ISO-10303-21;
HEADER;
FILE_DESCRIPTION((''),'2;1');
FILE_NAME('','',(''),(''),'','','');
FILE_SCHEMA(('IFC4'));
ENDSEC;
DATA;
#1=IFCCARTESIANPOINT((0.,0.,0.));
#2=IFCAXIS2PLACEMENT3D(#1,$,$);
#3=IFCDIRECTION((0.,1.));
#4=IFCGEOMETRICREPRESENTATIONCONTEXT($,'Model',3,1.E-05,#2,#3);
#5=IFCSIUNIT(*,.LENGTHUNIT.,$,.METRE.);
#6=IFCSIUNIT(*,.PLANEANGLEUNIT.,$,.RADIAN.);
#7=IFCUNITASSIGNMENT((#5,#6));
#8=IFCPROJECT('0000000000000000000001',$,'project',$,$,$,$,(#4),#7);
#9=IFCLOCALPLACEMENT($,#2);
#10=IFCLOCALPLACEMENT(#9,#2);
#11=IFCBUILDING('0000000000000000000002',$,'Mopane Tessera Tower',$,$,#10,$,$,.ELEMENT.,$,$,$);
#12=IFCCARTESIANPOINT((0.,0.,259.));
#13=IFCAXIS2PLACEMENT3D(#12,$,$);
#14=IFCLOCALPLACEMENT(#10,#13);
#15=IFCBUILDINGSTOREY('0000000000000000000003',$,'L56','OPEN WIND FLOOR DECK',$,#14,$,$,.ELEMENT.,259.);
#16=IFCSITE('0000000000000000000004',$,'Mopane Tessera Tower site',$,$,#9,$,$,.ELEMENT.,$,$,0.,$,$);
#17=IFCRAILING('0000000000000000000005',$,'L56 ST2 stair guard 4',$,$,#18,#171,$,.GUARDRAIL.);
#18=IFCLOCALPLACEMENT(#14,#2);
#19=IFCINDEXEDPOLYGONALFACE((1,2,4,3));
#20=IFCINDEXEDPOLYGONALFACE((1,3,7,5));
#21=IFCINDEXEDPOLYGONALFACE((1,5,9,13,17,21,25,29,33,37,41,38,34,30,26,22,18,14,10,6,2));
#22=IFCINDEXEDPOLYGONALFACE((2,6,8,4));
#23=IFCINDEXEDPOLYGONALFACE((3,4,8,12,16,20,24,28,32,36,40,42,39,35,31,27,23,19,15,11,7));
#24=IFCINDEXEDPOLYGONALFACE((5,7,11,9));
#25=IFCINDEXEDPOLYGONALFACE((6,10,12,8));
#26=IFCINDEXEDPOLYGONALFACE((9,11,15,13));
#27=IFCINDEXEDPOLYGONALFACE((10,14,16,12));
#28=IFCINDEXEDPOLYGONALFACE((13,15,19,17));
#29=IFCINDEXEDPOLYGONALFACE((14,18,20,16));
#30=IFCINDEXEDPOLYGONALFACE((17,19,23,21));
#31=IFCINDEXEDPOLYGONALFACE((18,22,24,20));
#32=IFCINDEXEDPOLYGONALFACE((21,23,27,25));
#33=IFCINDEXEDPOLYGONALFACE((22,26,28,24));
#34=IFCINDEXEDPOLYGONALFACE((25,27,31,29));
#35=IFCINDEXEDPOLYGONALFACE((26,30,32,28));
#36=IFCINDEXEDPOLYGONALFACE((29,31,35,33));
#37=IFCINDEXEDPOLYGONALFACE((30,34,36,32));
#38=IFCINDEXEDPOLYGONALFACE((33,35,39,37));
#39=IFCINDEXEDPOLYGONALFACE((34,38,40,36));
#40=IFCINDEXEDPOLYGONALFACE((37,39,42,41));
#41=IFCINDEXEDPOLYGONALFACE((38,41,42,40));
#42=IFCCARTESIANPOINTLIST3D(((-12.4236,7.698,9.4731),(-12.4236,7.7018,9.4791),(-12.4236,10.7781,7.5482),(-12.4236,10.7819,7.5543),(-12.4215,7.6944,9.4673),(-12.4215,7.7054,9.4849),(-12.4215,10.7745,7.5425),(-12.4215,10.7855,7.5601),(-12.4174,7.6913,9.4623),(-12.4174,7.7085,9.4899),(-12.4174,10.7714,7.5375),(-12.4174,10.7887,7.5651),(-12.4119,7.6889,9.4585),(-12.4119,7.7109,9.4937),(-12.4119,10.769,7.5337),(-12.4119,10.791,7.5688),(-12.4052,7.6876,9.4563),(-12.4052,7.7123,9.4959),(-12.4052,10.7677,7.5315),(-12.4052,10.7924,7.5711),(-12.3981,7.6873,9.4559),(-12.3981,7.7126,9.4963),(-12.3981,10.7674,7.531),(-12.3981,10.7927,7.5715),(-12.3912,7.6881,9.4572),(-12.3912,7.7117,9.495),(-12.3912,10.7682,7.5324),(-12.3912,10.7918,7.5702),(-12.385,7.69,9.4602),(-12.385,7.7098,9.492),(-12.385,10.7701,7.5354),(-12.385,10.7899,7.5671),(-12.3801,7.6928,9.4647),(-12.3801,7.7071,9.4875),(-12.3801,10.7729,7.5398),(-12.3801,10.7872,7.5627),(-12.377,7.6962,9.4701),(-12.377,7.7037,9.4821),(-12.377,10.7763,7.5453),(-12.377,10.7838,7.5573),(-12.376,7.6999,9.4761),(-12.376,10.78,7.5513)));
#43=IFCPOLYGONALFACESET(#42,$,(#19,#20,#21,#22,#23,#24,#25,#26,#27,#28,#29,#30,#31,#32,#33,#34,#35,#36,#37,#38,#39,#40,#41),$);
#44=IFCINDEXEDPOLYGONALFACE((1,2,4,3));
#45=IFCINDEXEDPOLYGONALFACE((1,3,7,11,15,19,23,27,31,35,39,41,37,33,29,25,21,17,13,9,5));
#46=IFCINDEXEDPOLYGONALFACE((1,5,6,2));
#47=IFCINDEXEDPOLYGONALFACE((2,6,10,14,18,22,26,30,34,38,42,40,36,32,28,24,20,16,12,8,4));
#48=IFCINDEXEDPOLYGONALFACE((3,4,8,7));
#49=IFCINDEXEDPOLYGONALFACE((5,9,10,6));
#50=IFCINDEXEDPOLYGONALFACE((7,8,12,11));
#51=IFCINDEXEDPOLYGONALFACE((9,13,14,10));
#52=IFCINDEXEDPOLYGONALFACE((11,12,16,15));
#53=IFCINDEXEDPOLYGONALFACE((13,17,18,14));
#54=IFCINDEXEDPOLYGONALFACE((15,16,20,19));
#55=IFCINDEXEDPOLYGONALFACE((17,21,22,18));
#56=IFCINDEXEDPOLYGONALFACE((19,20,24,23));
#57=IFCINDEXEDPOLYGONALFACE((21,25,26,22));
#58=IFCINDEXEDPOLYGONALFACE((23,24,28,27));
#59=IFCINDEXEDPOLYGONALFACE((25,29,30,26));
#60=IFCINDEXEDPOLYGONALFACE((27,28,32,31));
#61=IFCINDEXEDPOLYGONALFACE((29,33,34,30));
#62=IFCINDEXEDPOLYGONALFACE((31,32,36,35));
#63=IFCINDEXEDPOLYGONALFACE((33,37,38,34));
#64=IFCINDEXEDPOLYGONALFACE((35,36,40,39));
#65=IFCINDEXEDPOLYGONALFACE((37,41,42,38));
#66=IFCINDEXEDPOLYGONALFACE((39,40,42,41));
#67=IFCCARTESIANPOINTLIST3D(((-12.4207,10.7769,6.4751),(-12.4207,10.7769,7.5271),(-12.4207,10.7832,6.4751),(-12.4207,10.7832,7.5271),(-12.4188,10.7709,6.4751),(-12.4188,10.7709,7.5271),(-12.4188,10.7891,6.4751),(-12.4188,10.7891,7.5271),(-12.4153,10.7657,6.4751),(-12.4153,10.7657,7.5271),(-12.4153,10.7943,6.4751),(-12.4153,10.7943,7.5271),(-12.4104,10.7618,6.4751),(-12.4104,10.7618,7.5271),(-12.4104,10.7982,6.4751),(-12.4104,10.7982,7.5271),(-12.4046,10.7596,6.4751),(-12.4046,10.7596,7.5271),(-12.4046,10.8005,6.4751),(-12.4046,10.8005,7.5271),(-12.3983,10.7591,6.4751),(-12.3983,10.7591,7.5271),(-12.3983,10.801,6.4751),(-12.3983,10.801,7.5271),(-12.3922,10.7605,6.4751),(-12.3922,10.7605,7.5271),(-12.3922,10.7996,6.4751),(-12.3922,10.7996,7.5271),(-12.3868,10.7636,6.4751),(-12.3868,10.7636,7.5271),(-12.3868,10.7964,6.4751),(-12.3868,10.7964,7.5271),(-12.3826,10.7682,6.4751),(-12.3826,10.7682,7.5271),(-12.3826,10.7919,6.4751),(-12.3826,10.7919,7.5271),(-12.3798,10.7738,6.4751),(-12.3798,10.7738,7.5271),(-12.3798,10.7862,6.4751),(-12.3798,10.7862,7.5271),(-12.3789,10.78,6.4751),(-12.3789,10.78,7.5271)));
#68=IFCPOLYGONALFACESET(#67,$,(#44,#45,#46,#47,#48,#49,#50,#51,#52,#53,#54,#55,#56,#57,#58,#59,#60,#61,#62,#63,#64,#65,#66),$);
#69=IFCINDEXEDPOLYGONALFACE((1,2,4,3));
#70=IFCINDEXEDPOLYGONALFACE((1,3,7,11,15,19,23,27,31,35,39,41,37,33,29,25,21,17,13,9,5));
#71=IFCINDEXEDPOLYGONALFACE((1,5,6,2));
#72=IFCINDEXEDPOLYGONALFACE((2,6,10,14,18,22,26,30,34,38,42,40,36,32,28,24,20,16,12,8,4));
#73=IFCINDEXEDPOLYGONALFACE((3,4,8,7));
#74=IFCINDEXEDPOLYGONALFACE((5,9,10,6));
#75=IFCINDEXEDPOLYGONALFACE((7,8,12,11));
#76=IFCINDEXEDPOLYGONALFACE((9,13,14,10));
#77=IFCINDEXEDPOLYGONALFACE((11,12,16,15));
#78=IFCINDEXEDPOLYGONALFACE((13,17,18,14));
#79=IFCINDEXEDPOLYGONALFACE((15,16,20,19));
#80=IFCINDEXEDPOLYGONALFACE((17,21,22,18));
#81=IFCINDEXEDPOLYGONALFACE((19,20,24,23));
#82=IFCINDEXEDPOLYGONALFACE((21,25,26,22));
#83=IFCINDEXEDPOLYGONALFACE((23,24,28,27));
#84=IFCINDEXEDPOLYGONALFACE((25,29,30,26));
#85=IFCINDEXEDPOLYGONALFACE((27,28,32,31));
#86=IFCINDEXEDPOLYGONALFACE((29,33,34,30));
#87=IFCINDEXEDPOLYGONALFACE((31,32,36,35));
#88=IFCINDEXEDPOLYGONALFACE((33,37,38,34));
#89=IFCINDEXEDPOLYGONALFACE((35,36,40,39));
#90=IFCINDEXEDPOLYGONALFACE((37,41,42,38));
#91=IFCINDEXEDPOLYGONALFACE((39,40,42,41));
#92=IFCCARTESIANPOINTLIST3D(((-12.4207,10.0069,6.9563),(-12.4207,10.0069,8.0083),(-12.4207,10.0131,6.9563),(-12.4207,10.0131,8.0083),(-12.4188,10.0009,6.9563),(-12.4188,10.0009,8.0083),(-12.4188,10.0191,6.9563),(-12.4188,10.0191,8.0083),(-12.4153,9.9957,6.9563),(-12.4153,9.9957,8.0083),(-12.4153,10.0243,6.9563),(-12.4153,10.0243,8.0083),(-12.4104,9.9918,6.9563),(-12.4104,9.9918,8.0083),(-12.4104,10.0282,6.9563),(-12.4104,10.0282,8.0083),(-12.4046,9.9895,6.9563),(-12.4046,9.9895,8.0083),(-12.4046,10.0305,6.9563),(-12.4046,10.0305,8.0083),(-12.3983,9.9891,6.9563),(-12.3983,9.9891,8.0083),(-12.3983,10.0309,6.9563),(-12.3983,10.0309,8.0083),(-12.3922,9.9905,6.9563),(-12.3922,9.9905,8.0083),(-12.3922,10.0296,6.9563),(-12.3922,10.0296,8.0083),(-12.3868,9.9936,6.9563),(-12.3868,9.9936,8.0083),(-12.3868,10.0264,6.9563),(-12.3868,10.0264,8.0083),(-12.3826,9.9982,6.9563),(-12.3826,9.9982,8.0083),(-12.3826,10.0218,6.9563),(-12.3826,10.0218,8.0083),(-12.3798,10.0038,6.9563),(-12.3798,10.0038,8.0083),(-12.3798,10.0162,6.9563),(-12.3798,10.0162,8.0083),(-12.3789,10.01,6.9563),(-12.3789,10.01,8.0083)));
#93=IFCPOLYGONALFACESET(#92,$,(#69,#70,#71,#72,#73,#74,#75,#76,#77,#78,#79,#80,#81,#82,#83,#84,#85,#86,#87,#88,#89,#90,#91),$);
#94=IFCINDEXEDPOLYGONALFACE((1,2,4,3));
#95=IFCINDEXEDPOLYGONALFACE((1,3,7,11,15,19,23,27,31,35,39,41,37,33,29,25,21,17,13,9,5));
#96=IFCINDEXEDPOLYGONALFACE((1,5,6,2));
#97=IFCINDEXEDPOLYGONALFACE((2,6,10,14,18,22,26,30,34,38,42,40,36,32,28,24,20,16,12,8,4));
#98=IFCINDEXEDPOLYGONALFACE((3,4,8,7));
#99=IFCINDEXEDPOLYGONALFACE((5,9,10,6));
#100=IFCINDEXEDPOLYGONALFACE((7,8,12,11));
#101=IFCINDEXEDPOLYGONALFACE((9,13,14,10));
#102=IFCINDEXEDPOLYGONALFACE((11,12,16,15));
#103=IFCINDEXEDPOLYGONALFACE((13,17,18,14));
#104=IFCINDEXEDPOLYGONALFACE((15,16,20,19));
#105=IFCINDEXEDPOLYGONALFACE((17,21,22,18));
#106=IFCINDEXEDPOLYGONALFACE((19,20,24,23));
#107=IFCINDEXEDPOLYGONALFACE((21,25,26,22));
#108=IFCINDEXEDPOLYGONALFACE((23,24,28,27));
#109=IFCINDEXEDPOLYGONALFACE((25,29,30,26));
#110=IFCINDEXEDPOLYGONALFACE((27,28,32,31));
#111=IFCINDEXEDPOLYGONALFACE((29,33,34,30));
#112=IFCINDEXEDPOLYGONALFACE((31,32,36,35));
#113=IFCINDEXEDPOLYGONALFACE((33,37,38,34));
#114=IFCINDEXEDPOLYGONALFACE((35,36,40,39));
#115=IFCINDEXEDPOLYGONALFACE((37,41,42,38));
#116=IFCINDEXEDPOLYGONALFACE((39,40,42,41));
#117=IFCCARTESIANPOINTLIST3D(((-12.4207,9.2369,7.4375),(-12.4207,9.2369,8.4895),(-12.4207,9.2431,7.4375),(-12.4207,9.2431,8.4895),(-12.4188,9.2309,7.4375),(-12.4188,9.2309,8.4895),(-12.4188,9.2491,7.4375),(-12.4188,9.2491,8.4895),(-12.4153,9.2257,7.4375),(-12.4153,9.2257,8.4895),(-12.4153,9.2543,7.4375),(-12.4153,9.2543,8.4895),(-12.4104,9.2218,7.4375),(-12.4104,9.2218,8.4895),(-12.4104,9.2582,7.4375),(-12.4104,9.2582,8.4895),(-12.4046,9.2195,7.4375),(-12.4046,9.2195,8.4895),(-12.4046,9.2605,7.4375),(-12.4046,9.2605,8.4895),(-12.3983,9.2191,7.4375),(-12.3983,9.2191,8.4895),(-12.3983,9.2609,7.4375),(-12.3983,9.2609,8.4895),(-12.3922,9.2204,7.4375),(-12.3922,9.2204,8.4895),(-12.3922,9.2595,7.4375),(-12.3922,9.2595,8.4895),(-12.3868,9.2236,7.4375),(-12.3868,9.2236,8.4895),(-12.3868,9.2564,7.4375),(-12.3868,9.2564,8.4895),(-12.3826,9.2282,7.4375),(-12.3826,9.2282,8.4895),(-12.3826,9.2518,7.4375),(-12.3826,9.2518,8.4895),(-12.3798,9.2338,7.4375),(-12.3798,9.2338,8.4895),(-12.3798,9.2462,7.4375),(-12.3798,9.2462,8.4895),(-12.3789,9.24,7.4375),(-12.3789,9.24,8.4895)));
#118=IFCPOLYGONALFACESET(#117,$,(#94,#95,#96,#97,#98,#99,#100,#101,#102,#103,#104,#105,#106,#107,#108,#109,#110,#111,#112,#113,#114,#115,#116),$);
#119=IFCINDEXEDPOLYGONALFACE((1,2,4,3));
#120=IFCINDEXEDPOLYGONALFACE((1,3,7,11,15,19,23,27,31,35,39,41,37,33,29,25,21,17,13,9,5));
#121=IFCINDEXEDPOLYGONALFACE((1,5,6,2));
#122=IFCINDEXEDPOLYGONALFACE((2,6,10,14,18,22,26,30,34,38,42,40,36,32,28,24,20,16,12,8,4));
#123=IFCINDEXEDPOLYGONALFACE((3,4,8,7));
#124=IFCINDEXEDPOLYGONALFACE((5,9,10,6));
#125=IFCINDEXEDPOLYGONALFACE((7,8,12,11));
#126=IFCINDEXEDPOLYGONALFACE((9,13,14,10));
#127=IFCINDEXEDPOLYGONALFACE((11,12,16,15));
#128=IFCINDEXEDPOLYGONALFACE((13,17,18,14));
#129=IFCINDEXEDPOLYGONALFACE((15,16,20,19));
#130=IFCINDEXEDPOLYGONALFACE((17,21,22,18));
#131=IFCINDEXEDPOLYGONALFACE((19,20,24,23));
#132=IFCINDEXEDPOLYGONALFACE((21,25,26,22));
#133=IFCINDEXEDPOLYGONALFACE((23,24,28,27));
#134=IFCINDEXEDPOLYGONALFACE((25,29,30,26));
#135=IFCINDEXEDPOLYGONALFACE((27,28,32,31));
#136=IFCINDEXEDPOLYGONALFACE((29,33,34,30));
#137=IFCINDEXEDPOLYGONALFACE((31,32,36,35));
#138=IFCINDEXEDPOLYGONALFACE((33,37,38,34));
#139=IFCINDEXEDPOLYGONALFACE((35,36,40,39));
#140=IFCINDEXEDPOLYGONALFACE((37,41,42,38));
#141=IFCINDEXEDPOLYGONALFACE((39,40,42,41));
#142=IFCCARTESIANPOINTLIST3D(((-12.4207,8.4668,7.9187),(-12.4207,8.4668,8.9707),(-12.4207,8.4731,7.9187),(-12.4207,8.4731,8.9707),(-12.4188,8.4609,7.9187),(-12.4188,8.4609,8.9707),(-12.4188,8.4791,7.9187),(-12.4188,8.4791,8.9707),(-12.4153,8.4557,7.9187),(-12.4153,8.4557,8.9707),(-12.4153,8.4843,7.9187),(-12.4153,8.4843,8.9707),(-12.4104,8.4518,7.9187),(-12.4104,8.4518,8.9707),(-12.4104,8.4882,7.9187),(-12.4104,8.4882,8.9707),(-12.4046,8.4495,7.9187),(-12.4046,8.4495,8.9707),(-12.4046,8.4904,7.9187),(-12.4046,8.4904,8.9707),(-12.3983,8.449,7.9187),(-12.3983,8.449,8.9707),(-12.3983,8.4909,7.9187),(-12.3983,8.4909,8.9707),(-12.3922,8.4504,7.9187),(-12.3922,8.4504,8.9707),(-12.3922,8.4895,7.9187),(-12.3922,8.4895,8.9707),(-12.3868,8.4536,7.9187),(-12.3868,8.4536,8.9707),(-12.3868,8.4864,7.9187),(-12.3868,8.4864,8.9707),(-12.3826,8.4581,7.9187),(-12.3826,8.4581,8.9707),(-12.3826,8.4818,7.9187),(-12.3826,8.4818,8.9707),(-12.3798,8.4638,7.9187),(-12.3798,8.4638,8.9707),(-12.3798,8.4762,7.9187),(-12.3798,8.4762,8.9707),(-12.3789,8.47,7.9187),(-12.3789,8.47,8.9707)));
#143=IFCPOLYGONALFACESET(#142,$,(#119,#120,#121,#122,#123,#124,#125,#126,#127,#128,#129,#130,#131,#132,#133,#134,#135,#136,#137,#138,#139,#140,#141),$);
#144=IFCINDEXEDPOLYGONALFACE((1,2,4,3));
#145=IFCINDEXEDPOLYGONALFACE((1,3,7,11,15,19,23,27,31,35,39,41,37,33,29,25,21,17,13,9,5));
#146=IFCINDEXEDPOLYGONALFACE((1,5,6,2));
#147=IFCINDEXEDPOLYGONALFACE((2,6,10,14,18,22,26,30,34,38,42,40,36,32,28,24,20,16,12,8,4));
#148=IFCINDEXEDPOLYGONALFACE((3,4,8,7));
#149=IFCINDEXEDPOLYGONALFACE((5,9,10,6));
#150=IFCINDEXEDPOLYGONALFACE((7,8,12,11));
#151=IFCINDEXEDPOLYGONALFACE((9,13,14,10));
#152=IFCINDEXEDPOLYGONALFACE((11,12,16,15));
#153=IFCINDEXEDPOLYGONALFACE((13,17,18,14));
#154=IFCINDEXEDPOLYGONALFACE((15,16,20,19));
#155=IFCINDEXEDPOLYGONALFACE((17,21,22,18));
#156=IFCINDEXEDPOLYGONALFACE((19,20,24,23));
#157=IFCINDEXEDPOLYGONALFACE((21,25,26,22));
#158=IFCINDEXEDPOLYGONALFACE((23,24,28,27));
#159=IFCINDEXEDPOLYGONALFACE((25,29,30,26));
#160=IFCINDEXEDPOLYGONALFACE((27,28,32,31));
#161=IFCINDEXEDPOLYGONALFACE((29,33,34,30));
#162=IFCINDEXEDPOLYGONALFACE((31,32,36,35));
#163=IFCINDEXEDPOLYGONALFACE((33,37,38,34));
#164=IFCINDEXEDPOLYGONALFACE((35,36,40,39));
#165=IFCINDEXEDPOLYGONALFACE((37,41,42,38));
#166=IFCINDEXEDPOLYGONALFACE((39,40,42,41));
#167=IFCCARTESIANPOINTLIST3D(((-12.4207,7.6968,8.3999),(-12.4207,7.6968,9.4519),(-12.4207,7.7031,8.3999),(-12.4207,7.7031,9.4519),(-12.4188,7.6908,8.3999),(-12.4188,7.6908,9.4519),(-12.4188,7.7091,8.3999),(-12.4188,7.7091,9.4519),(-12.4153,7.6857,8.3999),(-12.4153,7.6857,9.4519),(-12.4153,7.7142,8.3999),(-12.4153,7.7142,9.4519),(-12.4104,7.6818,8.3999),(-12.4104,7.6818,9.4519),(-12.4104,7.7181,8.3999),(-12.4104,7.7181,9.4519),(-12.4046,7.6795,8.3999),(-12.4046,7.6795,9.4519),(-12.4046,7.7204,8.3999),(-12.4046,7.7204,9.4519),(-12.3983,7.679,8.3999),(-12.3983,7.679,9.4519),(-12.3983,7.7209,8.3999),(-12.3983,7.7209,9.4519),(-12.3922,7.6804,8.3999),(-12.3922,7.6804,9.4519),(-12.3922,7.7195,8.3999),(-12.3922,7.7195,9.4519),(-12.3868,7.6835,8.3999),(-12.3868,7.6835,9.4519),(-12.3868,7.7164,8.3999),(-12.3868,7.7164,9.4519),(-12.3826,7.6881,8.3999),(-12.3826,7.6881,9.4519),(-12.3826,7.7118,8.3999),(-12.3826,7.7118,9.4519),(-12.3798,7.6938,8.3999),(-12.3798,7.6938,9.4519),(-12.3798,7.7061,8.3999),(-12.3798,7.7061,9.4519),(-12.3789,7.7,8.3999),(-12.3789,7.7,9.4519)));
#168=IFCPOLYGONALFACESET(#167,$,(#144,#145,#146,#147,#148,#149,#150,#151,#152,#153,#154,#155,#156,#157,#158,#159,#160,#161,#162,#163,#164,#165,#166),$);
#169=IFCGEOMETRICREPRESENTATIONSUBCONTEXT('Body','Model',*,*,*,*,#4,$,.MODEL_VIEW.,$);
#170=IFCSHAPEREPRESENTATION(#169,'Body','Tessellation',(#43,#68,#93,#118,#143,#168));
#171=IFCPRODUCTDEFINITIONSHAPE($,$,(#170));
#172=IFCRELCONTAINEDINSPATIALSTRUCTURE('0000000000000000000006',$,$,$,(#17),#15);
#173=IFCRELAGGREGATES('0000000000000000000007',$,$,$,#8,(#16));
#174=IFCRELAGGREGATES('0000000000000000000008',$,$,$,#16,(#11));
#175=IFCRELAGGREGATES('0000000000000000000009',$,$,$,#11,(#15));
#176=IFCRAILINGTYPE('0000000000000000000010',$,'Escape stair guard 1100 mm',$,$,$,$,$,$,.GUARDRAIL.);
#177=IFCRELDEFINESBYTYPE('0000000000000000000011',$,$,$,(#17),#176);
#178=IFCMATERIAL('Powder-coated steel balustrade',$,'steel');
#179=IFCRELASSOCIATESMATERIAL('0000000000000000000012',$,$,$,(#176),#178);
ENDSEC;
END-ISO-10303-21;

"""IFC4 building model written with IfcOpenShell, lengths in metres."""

from ifc_helpers import new_model, si_unit, direction, frame, origin, origin_2d, place, context, subcontext, project, spatial, circle, extrude, material, type_object, element, save


model = new_model("IFC4")

# Units and contexts
model_context = context("Model", 3, precision=1e-05, world=origin(), true_north=direction((0.0, 1.0)))
body_context = subcontext(model_context, "Body", "Model", "MODEL_VIEW")
ifc_project = project(units=[si_unit("LENGTHUNIT", "METRE"), si_unit("PLANEANGLEUNIT", "RADIAN")], contexts=[model_context])

# Site, building, storey
site_placement = place(None, origin())
site = spatial("IfcSite", under=ifc_project, at=site_placement, Name="Mopane Tessera Tower site", CompositionType="ELEMENT", RefElevation=0.0)
building_placement = place(site_placement, origin())
building = spatial("IfcBuilding", under=site, at=building_placement, Name="Mopane Tessera Tower", CompositionType="ELEMENT")
storey_placement = place(building_placement, frame((0.0, 0.0, 259.0)))
storey = spatial("IfcBuildingStorey", under=building, at=storey_placement, Name="L56", Description="OPEN WIND FLOOR DECK", CompositionType="ELEMENT", Elevation=259.0)

# Railing
ifc_material_1 = material(Name="Powder-coated steel balustrade", Category="steel")
railing_type_1 = type_object("IfcRailingType", Name="Escape stair guard 1100 mm", PredefinedType="GUARDRAIL", material=ifc_material_1)
railing_1_placement = place(storey_placement, frame((-12.3999, 10.78, 6.4751)))
element("IfcRailing", 1, at=railing_1_placement, inside=storey, type_object=railing_type_1, Name="L56 ST2 stair guard 4", PredefinedType="GUARDRAIL", context=body_context, shape_type="SweptSolid", body=[
    extrude(circle(Radius=0.0239, at=origin_2d()), frame((0.0, 0.0, 1.0762), z_axis=(0.0, -0.848029, 0.529951), x_axis=(1.0, 0.0, 0.0)), (0.0, 0.0, 1.0), 3.6321),
    extrude(circle(Radius=0.021, at=origin_2d()), origin(), (0.0, 0.0, 1.0), 1.052),
    extrude(circle(Radius=0.021, at=origin_2d()), frame((0.0, -0.77, 0.4812)), (0.0, 0.0, 1.0), 1.052),
    extrude(circle(Radius=0.021, at=origin_2d()), frame((0.0, -1.54, 0.9624)), (0.0, 0.0, 1.0), 1.052),
    extrude(circle(Radius=0.021, at=origin_2d()), frame((0.0, -2.3101, 1.4436)), (0.0, 0.0, 1.0), 1.052),
    extrude(circle(Radius=0.021, at=origin_2d()), frame((0.0, -3.0801, 1.9248)), (0.0, 0.0, 1.0), 1.052),
])

save(model, "model.ifc")
